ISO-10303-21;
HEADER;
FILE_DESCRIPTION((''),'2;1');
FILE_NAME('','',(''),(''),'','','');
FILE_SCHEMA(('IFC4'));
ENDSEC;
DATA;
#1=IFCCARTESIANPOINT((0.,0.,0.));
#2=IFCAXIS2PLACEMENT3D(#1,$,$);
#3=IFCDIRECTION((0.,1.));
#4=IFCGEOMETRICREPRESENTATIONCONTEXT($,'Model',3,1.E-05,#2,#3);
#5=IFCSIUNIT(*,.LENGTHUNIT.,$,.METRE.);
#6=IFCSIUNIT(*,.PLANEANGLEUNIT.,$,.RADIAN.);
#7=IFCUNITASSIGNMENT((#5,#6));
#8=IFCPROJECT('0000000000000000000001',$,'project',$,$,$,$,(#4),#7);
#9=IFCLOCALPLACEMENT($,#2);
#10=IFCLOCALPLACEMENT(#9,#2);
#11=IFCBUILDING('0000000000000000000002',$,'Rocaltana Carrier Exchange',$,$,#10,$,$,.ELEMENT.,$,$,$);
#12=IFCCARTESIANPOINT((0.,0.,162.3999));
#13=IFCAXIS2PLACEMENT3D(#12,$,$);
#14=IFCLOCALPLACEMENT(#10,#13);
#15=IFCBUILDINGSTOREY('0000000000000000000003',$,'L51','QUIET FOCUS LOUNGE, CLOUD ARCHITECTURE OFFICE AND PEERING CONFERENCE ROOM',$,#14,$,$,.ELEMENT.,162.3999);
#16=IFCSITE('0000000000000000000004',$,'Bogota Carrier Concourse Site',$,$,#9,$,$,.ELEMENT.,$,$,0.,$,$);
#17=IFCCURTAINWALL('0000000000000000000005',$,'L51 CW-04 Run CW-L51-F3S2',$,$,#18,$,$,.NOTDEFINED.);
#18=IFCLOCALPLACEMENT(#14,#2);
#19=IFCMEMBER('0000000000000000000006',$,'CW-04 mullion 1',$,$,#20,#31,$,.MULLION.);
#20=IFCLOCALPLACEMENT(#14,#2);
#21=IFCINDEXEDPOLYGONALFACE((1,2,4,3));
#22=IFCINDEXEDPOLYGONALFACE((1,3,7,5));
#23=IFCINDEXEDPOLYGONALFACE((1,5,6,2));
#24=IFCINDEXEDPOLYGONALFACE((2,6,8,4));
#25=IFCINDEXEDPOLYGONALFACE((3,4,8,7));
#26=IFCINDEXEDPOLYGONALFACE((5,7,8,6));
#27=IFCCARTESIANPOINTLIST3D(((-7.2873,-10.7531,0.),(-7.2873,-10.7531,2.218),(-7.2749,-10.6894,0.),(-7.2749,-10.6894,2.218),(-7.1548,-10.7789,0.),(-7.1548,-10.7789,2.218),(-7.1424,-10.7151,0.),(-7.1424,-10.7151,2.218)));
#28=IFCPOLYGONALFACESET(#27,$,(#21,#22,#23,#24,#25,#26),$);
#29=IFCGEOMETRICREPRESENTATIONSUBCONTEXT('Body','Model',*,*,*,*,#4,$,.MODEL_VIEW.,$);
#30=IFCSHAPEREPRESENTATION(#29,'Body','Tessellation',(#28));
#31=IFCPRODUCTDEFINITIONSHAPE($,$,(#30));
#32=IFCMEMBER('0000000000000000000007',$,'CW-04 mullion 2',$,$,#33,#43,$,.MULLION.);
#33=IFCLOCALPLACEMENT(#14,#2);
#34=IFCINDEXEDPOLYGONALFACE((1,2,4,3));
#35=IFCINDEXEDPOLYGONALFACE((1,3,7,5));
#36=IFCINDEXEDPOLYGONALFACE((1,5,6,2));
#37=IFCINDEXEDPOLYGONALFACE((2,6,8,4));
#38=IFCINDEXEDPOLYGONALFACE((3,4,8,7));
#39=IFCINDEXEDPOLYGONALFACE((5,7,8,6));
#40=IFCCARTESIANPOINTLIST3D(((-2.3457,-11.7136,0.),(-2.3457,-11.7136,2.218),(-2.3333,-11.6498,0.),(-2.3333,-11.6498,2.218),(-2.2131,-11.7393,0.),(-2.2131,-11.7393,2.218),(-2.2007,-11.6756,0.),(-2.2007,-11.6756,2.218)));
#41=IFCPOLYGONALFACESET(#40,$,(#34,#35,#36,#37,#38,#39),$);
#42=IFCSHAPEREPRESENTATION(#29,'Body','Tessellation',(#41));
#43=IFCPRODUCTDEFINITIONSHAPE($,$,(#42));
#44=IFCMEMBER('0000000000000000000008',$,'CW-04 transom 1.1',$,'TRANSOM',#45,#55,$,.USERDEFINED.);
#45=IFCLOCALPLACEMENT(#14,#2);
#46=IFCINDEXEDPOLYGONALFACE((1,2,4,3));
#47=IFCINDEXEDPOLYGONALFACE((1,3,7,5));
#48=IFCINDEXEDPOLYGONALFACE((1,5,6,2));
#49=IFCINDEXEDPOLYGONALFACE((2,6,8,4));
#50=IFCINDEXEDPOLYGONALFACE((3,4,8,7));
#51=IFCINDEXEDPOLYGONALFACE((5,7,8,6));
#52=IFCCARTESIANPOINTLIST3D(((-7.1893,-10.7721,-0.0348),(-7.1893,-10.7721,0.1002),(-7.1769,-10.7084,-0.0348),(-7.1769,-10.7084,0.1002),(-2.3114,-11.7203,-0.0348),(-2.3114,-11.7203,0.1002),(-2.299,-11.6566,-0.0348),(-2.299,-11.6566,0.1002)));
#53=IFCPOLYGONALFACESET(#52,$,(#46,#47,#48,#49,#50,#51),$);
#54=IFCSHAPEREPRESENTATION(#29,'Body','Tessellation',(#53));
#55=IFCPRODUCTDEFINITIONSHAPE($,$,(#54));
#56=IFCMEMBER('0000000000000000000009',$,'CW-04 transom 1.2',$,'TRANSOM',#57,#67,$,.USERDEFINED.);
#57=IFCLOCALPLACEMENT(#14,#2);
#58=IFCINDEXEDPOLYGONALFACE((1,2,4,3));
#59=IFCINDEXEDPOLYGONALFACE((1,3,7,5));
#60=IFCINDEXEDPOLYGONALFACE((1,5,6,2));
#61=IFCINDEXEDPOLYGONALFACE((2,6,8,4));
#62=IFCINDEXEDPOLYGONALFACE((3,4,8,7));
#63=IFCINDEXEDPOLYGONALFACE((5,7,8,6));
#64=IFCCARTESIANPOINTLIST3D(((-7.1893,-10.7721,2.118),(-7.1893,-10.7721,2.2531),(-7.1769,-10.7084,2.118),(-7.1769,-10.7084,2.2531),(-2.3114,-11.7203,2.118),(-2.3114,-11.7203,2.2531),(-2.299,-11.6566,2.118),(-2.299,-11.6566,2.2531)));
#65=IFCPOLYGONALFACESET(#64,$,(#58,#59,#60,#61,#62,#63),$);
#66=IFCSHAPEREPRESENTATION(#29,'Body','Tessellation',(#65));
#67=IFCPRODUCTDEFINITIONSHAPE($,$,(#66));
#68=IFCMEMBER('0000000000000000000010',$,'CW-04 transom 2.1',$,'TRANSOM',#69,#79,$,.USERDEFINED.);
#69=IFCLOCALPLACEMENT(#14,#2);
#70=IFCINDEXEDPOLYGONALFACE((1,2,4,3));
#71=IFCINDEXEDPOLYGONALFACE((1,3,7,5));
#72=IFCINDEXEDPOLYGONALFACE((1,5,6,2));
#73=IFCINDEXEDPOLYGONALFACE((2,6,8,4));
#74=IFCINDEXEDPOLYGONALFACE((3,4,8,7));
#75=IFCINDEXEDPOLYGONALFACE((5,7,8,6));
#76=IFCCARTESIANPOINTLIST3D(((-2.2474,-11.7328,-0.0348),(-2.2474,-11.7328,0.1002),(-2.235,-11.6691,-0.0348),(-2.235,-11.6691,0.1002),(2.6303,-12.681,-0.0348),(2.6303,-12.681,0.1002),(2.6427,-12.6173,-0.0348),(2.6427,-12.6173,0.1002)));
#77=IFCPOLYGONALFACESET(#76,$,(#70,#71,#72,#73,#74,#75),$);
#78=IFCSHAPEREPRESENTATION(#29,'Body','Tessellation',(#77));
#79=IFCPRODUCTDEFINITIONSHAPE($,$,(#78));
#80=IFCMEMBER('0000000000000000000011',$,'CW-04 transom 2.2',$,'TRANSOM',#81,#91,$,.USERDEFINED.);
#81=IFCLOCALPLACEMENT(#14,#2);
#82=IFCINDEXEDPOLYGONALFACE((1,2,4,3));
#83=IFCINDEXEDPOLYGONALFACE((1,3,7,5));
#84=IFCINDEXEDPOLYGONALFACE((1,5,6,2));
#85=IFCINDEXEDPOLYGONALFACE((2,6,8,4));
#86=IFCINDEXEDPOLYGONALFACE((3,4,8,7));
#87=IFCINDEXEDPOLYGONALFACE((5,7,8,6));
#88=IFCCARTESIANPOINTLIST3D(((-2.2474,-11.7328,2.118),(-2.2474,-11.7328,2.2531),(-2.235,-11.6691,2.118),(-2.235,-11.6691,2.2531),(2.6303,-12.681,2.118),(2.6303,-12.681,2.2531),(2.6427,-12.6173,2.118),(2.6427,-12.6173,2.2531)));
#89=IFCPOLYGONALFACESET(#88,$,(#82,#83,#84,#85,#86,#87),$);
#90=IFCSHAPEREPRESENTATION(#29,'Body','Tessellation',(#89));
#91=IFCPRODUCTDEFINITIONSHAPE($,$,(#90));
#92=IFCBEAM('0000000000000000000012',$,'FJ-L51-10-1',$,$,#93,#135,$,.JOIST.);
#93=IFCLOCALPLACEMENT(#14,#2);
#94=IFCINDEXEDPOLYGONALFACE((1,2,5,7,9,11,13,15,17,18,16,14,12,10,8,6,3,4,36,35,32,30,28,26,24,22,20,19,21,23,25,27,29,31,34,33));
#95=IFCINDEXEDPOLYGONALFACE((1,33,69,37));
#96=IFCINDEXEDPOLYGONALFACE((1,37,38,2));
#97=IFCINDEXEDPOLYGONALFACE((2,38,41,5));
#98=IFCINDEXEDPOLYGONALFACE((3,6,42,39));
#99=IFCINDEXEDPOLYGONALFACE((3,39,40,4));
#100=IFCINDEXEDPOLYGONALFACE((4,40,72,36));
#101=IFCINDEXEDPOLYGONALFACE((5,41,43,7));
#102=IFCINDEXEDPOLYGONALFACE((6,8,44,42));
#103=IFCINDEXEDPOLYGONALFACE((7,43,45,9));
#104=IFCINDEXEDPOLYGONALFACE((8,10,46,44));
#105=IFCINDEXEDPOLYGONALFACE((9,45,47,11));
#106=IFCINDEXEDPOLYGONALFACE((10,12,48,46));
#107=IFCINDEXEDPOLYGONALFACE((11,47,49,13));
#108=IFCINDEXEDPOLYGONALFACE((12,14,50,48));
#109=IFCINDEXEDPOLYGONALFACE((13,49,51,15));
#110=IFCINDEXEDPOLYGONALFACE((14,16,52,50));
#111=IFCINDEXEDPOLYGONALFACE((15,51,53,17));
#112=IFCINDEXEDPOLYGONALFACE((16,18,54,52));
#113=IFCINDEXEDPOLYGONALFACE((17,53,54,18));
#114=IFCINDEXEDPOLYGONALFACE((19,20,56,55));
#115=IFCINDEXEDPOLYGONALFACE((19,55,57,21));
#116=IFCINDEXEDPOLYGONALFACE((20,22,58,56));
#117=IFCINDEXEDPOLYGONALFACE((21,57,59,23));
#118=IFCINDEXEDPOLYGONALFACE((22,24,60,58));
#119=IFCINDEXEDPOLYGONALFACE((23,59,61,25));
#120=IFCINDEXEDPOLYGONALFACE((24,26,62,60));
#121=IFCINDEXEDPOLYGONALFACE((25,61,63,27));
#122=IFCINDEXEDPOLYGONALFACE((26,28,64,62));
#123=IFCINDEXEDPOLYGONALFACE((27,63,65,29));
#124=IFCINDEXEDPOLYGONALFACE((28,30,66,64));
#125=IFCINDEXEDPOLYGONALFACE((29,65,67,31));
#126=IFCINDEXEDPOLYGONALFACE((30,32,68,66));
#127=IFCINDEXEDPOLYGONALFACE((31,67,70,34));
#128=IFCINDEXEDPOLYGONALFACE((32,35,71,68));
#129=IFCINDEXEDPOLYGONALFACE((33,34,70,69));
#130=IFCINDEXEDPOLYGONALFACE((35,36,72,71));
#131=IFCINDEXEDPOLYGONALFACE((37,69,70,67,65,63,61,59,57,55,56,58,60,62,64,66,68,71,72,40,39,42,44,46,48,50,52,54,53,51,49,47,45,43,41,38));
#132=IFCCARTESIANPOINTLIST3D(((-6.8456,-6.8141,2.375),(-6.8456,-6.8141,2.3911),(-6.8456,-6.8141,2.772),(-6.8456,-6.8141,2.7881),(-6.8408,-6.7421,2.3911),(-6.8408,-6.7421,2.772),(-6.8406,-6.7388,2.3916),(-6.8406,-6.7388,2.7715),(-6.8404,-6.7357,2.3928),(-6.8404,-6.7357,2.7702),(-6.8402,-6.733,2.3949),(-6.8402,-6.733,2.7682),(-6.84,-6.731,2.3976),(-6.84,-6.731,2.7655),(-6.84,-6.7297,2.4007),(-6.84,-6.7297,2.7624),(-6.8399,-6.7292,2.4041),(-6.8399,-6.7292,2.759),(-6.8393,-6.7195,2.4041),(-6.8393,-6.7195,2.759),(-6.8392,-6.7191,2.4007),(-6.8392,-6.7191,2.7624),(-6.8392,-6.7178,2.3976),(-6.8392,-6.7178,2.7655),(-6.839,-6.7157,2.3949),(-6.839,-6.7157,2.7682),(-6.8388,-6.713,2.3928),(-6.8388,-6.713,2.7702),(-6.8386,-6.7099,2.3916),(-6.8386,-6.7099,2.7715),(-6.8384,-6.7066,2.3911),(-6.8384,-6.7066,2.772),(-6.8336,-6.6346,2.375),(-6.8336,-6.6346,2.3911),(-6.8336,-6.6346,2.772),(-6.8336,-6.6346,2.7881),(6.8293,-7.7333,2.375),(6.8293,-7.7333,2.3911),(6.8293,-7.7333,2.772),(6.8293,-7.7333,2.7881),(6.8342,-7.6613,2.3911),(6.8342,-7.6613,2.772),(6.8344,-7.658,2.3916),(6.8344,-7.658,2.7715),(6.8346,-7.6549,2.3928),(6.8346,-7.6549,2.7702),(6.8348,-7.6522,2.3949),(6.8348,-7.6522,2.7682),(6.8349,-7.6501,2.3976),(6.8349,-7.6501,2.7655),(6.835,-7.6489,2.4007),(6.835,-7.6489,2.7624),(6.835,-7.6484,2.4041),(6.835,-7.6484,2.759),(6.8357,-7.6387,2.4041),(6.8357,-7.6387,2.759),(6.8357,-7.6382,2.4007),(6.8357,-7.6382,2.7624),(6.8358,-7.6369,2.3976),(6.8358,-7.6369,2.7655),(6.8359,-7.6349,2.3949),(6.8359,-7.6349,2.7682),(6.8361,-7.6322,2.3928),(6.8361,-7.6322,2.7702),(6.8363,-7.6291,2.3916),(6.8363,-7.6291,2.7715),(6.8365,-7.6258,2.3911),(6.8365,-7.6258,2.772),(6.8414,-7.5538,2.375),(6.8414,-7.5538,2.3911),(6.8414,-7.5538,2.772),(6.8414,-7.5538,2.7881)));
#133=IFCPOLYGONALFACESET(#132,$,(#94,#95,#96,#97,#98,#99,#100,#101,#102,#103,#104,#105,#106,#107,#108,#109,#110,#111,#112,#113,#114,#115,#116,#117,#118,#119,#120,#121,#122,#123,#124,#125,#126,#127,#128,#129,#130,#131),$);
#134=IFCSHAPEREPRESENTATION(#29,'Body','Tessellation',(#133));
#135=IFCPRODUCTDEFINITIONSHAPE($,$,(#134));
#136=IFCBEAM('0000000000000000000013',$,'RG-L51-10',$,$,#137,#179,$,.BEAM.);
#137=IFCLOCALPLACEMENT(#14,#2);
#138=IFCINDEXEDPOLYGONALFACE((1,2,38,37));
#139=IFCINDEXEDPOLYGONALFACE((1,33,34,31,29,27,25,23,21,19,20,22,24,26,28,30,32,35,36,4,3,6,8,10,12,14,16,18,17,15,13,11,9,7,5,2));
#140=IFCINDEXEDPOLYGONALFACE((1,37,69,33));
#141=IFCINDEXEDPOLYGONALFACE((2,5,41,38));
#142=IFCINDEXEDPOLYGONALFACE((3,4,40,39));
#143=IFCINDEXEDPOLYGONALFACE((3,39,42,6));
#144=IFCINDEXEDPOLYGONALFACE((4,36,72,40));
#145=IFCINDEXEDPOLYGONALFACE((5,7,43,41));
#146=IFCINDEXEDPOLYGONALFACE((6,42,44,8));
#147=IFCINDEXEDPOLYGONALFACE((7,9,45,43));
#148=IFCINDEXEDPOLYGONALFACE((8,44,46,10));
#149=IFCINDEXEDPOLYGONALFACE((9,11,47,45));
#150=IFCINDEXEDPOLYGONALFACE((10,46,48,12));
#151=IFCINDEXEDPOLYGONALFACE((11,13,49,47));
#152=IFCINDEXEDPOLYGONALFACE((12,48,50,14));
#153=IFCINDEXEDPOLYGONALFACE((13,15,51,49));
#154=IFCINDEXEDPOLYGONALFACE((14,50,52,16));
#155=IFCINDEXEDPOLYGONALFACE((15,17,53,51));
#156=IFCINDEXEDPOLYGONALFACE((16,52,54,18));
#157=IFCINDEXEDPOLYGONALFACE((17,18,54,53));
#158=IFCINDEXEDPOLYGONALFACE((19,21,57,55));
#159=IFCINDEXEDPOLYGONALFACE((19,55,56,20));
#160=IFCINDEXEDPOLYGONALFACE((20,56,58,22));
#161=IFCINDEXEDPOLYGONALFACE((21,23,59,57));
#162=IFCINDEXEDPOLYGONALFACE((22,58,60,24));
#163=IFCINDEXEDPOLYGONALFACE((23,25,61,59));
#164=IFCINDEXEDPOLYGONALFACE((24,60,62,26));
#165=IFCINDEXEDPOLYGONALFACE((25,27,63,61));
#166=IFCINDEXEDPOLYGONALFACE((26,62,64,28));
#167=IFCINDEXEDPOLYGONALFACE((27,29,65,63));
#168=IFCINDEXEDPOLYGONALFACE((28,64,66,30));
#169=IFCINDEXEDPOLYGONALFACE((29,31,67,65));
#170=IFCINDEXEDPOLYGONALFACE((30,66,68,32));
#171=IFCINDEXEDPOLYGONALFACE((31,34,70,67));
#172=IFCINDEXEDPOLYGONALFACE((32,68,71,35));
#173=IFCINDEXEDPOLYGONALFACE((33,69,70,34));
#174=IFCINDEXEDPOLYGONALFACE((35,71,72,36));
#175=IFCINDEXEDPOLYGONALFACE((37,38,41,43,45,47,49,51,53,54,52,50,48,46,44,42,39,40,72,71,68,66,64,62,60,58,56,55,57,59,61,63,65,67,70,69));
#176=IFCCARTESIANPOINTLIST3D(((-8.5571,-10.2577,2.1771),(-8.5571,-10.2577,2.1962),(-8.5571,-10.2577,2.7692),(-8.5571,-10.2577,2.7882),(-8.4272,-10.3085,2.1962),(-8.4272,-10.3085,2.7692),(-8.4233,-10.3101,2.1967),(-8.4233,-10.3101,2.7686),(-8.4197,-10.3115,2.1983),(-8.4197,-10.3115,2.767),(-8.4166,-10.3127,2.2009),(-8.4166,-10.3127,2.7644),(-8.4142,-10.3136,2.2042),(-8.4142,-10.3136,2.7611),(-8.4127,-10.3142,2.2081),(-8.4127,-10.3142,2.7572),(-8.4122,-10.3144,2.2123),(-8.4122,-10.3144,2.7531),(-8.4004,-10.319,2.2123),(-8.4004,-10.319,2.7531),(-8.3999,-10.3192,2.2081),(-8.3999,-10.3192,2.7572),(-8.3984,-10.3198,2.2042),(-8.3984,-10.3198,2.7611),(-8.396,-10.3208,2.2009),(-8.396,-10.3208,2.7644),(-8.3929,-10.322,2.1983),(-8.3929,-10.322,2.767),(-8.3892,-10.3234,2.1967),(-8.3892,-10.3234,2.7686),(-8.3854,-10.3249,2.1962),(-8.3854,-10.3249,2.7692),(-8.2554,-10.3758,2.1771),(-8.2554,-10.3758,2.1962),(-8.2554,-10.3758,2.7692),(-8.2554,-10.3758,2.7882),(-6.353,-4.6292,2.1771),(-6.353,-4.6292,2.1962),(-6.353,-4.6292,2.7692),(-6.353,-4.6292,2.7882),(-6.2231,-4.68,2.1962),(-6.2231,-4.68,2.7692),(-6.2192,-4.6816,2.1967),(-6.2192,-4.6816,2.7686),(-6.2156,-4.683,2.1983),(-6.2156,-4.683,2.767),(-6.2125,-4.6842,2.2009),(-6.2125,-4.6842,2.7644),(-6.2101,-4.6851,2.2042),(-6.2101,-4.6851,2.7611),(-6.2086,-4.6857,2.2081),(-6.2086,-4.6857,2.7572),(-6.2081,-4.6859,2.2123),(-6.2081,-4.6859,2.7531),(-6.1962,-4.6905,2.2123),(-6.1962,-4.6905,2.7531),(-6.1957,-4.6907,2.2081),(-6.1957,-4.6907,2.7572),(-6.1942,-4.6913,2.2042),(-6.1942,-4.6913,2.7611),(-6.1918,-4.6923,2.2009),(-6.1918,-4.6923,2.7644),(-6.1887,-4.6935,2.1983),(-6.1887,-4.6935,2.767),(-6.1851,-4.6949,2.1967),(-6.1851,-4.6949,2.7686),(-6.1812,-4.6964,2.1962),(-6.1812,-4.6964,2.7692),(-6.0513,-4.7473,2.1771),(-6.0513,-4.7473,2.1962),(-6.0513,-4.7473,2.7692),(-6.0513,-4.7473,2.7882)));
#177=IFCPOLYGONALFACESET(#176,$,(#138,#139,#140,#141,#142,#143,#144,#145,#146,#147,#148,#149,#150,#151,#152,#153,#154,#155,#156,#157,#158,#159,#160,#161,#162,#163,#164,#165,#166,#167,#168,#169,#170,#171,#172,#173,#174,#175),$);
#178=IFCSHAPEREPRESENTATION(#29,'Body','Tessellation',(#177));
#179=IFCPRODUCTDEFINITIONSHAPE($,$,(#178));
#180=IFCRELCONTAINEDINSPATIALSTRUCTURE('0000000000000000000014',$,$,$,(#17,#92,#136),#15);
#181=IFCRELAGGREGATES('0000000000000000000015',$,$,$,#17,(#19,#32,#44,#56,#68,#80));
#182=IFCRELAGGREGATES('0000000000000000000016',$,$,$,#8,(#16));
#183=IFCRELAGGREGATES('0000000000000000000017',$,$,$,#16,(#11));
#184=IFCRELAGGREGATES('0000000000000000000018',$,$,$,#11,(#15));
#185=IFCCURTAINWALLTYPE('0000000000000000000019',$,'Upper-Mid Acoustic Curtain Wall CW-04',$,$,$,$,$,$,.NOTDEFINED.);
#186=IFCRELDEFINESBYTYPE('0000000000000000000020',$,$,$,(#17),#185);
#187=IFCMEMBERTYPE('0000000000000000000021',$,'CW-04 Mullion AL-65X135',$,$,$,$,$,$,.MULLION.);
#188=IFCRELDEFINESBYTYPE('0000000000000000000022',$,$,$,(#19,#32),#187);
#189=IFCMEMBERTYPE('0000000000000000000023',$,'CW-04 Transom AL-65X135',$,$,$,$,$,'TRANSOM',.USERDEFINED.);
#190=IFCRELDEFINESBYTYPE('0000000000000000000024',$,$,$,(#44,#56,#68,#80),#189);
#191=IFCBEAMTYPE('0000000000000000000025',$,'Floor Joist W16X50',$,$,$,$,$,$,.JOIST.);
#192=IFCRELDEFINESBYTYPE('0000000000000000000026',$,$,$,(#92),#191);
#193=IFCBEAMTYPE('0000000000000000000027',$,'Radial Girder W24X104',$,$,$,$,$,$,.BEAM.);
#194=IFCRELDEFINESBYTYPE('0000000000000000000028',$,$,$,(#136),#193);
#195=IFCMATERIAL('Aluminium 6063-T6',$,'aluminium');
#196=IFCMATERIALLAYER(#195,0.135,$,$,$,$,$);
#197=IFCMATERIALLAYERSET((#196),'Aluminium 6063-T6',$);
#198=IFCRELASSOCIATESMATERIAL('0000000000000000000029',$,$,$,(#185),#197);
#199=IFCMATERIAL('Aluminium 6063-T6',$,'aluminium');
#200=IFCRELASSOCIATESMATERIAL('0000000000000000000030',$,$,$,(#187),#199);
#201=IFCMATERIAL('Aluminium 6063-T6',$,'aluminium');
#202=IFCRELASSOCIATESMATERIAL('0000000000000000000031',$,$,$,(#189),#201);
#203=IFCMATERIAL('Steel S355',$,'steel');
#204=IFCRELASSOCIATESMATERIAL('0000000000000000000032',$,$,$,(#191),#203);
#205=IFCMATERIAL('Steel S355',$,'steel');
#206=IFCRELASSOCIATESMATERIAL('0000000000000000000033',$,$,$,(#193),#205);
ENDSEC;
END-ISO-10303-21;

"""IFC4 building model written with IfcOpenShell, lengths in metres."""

from ifc_helpers import new_model, si_unit, direction, frame, origin, origin_2d, place, context, subcontext, project, spatial, rectangle, i_section, extrude, material, layer, layer_set, material_profile, profile_set, type_object, element, aggregate, save


model = new_model("IFC4")

# Units and contexts
model_context = context("Model", 3, precision=1e-05, world=origin(), true_north=direction((0.0, 1.0)))
body_context = subcontext(model_context, "Body", "Model", "MODEL_VIEW")
ifc_project = project(units=[si_unit("LENGTHUNIT", "METRE"), si_unit("PLANEANGLEUNIT", "RADIAN")], contexts=[model_context])

# Site, building, storey
site_placement = place(None, origin())
site = spatial("IfcSite", under=ifc_project, at=site_placement, Name="Bogota Carrier Concourse Site", CompositionType="ELEMENT", RefElevation=0.0)
building_placement = place(site_placement, origin())
building = spatial("IfcBuilding", under=site, at=building_placement, Name="Rocaltana Carrier Exchange", CompositionType="ELEMENT")
storey_placement = place(building_placement, frame((0.0, 0.0, 162.3999)))
storey = spatial("IfcBuildingStorey", under=building, at=storey_placement, Name="L51", Description="QUIET FOCUS LOUNGE, CLOUD ARCHITECTURE OFFICE AND PEERING CONFERENCE ROOM", CompositionType="ELEMENT", Elevation=162.3999)

# Curtain wall, members
ifc_material_1 = material(Name="Aluminium 6063-T6", Category="aluminium")
ifc_layer_1 = layer(ifc_material_1, 0.135)
ifc_layer_set_1 = layer_set([ifc_layer_1], Name="Aluminium 6063-T6")
curtain_wall_type = type_object("IfcCurtainWallType", Name="Upper-Mid Acoustic Curtain Wall CW-04", PredefinedType="NOTDEFINED", material=ifc_layer_set_1)
curtain_wall_placement = place(storey_placement, origin())
curtain_wall = element("IfcCurtainWall", 1, at=curtain_wall_placement, inside=storey, type_object=curtain_wall_type, Name="L51 CW-04 Run CW-L51-F3S2", PredefinedType="NOTDEFINED")
ifc_material_2 = material(Name="Aluminium 6063-T6", Category="aluminium")
ifc_material_profile_1 = material_profile(ifc_material_2, rectangle(XDim=0.0649, YDim=0.135, at=origin_2d()), Name="AL-65X135")
ifc_profile_set_1 = profile_set([ifc_material_profile_1], Name="Aluminium 6063-T6")
member_type_1 = type_object("IfcMemberType", Name="CW-04 Mullion AL-65X135", PredefinedType="MULLION", material=ifc_profile_set_1)
member_1_placement = place(storey_placement, frame((-7.2148, -10.7341, 0.0), z_axis=(0.0, 0.0, 1.0), x_axis=(0.190815, 0.981626, 0.0)))
member_1 = element("IfcMember", 2, at=member_1_placement, type_object=member_type_1, Name="CW-04 mullion 1", PredefinedType="MULLION", context=body_context, shape_type="SweptSolid", body=[
    extrude(rectangle(XDim=0.0649, YDim=0.135, at=origin_2d()), origin(), (0.0, 0.0, 1.0), 2.218),
])
member_2_placement = place(storey_placement, frame((-2.2732, -11.6946, 0.0), z_axis=(0.0, 0.0, 1.0), x_axis=(0.190815, 0.981626, 0.0)))
member_2 = element("IfcMember", 3, at=member_2_placement, type_object=member_type_1, Name="CW-04 mullion 2", PredefinedType="MULLION", context=body_context, shape_type="SweptSolid", body=[
    extrude(rectangle(XDim=0.0649, YDim=0.135, at=origin_2d()), origin(), (0.0, 0.0, 1.0), 2.218),
])
ifc_material_3 = material(Name="Aluminium 6063-T6", Category="aluminium")
ifc_material_profile_2 = material_profile(ifc_material_3, rectangle(XDim=0.0649, YDim=0.135, at=origin_2d()), Name="AL-65X135")
ifc_profile_set_2 = profile_set([ifc_material_profile_2], Name="Aluminium 6063-T6")
member_type_2 = type_object("IfcMemberType", Name="CW-04 Transom AL-65X135", ElementType="TRANSOM", PredefinedType="USERDEFINED", material=ifc_profile_set_2)
member_3_placement = place(storey_placement, frame((-7.1831, -10.7402, 0.0327), z_axis=(0.981625, -0.190822, 0.0), x_axis=(0.190822, 0.981625, 0.0)))
member_3 = element("IfcMember", 4, at=member_3_placement, type_object=member_type_2, Name="CW-04 transom 1.1", ObjectType="TRANSOM", PredefinedType="USERDEFINED", context=body_context, shape_type="SweptSolid", body=[
    extrude(rectangle(XDim=0.0649, YDim=0.135, at=origin_2d()), origin(), (0.0, 0.0, 1.0), 4.9692),
])
member_4_placement = place(storey_placement, frame((-7.1831, -10.7402, 2.1855), z_axis=(0.981625, -0.190822, 0.0), x_axis=(0.190822, 0.981625, 0.0)))
member_4 = element("IfcMember", 5, at=member_4_placement, type_object=member_type_2, Name="CW-04 transom 1.2", ObjectType="TRANSOM", PredefinedType="USERDEFINED", context=body_context, shape_type="SweptSolid", body=[
    extrude(rectangle(XDim=0.0649, YDim=0.135, at=origin_2d()), origin(), (0.0, 0.0, 1.0), 4.9692),
])
member_5_placement = place(storey_placement, frame((-2.2412, -11.7009, 0.0327), z_axis=(0.981623, -0.190832, 0.0), x_axis=(0.190832, 0.981623, 0.0)))
member_5 = element("IfcMember", 6, at=member_5_placement, type_object=member_type_2, Name="CW-04 transom 2.1", ObjectType="TRANSOM", PredefinedType="USERDEFINED", context=body_context, shape_type="SweptSolid", body=[
    extrude(rectangle(XDim=0.0649, YDim=0.135, at=origin_2d()), origin(), (0.0, 0.0, 1.0), 4.969),
])
member_6_placement = place(storey_placement, frame((-2.2412, -11.7009, 2.1855), z_axis=(0.981623, -0.190832, 0.0), x_axis=(0.190832, 0.981623, 0.0)))
member_6 = element("IfcMember", 7, at=member_6_placement, type_object=member_type_2, Name="CW-04 transom 2.2", ObjectType="TRANSOM", PredefinedType="USERDEFINED", context=body_context, shape_type="SweptSolid", body=[
    extrude(rectangle(XDim=0.0649, YDim=0.135, at=origin_2d()), origin(), (0.0, 0.0, 1.0), 4.969),
])

# Beams
ifc_material_4 = material(Name="Steel S355", Category="steel")
ifc_material_profile_3 = material_profile(ifc_material_4, i_section(OverallWidth=0.1799, OverallDepth=0.4131, WebThickness=0.0098, FlangeThickness=0.0161, FilletRadius=0.0129, at=origin_2d()), Name="W16X50")
ifc_profile_set_3 = profile_set([ifc_material_profile_3], Name="Steel S355")
beam_type_1 = type_object("IfcBeamType", Name="Floor Joist W16X50", PredefinedType="JOIST", material=ifc_profile_set_3)
beam_1_placement = place(storey_placement, frame((-6.8396, -6.7244, 2.5815), z_axis=(0.997749, -0.067065, 0.0), x_axis=(0.067065, 0.997749, 0.0)))
element("IfcBeam", 8, at=beam_1_placement, inside=storey, type_object=beam_type_1, Name="FJ-L51-10-1", PredefinedType="JOIST", context=body_context, shape_type="SweptSolid", body=[
    extrude(i_section(OverallWidth=0.1799, OverallDepth=0.4131, WebThickness=0.0098, FlangeThickness=0.0161, FilletRadius=0.0129, at=origin_2d()), origin(), (0.0, 0.0, 1.0), 13.7058),
])
ifc_material_5 = material(Name="Steel S355", Category="steel")
ifc_material_profile_4 = material_profile(ifc_material_5, i_section(OverallWidth=0.324, OverallDepth=0.6111, WebThickness=0.0127, FlangeThickness=0.019, FilletRadius=0.0161, at=origin_2d()), Name="W24X104")
ifc_profile_set_4 = profile_set([ifc_material_profile_4], Name="Steel S355")
beam_type_2 = type_object("IfcBeamType", Name="Radial Girder W24X104", PredefinedType="BEAM", material=ifc_profile_set_4)
beam_2_placement = place(storey_placement, frame((-6.2021, -4.6882, 2.4827), z_axis=(-0.36464, -0.931149, 0.0), x_axis=(0.931149, -0.36464, 0.0)))
element("IfcBeam", 9, at=beam_2_placement, inside=storey, type_object=beam_type_2, Name="RG-L51-10", PredefinedType="BEAM", context=body_context, shape_type="SweptSolid", body=[
    extrude(i_section(OverallWidth=0.324, OverallDepth=0.6111, WebThickness=0.0127, FlangeThickness=0.019, FilletRadius=0.0161, at=origin_2d()), origin(), (0.0, 0.0, 1.0), 6.0447),
])

aggregate(curtain_wall, [member_1, member_2, member_3, member_4, member_5, member_6])

save(model, "model.ifc")
